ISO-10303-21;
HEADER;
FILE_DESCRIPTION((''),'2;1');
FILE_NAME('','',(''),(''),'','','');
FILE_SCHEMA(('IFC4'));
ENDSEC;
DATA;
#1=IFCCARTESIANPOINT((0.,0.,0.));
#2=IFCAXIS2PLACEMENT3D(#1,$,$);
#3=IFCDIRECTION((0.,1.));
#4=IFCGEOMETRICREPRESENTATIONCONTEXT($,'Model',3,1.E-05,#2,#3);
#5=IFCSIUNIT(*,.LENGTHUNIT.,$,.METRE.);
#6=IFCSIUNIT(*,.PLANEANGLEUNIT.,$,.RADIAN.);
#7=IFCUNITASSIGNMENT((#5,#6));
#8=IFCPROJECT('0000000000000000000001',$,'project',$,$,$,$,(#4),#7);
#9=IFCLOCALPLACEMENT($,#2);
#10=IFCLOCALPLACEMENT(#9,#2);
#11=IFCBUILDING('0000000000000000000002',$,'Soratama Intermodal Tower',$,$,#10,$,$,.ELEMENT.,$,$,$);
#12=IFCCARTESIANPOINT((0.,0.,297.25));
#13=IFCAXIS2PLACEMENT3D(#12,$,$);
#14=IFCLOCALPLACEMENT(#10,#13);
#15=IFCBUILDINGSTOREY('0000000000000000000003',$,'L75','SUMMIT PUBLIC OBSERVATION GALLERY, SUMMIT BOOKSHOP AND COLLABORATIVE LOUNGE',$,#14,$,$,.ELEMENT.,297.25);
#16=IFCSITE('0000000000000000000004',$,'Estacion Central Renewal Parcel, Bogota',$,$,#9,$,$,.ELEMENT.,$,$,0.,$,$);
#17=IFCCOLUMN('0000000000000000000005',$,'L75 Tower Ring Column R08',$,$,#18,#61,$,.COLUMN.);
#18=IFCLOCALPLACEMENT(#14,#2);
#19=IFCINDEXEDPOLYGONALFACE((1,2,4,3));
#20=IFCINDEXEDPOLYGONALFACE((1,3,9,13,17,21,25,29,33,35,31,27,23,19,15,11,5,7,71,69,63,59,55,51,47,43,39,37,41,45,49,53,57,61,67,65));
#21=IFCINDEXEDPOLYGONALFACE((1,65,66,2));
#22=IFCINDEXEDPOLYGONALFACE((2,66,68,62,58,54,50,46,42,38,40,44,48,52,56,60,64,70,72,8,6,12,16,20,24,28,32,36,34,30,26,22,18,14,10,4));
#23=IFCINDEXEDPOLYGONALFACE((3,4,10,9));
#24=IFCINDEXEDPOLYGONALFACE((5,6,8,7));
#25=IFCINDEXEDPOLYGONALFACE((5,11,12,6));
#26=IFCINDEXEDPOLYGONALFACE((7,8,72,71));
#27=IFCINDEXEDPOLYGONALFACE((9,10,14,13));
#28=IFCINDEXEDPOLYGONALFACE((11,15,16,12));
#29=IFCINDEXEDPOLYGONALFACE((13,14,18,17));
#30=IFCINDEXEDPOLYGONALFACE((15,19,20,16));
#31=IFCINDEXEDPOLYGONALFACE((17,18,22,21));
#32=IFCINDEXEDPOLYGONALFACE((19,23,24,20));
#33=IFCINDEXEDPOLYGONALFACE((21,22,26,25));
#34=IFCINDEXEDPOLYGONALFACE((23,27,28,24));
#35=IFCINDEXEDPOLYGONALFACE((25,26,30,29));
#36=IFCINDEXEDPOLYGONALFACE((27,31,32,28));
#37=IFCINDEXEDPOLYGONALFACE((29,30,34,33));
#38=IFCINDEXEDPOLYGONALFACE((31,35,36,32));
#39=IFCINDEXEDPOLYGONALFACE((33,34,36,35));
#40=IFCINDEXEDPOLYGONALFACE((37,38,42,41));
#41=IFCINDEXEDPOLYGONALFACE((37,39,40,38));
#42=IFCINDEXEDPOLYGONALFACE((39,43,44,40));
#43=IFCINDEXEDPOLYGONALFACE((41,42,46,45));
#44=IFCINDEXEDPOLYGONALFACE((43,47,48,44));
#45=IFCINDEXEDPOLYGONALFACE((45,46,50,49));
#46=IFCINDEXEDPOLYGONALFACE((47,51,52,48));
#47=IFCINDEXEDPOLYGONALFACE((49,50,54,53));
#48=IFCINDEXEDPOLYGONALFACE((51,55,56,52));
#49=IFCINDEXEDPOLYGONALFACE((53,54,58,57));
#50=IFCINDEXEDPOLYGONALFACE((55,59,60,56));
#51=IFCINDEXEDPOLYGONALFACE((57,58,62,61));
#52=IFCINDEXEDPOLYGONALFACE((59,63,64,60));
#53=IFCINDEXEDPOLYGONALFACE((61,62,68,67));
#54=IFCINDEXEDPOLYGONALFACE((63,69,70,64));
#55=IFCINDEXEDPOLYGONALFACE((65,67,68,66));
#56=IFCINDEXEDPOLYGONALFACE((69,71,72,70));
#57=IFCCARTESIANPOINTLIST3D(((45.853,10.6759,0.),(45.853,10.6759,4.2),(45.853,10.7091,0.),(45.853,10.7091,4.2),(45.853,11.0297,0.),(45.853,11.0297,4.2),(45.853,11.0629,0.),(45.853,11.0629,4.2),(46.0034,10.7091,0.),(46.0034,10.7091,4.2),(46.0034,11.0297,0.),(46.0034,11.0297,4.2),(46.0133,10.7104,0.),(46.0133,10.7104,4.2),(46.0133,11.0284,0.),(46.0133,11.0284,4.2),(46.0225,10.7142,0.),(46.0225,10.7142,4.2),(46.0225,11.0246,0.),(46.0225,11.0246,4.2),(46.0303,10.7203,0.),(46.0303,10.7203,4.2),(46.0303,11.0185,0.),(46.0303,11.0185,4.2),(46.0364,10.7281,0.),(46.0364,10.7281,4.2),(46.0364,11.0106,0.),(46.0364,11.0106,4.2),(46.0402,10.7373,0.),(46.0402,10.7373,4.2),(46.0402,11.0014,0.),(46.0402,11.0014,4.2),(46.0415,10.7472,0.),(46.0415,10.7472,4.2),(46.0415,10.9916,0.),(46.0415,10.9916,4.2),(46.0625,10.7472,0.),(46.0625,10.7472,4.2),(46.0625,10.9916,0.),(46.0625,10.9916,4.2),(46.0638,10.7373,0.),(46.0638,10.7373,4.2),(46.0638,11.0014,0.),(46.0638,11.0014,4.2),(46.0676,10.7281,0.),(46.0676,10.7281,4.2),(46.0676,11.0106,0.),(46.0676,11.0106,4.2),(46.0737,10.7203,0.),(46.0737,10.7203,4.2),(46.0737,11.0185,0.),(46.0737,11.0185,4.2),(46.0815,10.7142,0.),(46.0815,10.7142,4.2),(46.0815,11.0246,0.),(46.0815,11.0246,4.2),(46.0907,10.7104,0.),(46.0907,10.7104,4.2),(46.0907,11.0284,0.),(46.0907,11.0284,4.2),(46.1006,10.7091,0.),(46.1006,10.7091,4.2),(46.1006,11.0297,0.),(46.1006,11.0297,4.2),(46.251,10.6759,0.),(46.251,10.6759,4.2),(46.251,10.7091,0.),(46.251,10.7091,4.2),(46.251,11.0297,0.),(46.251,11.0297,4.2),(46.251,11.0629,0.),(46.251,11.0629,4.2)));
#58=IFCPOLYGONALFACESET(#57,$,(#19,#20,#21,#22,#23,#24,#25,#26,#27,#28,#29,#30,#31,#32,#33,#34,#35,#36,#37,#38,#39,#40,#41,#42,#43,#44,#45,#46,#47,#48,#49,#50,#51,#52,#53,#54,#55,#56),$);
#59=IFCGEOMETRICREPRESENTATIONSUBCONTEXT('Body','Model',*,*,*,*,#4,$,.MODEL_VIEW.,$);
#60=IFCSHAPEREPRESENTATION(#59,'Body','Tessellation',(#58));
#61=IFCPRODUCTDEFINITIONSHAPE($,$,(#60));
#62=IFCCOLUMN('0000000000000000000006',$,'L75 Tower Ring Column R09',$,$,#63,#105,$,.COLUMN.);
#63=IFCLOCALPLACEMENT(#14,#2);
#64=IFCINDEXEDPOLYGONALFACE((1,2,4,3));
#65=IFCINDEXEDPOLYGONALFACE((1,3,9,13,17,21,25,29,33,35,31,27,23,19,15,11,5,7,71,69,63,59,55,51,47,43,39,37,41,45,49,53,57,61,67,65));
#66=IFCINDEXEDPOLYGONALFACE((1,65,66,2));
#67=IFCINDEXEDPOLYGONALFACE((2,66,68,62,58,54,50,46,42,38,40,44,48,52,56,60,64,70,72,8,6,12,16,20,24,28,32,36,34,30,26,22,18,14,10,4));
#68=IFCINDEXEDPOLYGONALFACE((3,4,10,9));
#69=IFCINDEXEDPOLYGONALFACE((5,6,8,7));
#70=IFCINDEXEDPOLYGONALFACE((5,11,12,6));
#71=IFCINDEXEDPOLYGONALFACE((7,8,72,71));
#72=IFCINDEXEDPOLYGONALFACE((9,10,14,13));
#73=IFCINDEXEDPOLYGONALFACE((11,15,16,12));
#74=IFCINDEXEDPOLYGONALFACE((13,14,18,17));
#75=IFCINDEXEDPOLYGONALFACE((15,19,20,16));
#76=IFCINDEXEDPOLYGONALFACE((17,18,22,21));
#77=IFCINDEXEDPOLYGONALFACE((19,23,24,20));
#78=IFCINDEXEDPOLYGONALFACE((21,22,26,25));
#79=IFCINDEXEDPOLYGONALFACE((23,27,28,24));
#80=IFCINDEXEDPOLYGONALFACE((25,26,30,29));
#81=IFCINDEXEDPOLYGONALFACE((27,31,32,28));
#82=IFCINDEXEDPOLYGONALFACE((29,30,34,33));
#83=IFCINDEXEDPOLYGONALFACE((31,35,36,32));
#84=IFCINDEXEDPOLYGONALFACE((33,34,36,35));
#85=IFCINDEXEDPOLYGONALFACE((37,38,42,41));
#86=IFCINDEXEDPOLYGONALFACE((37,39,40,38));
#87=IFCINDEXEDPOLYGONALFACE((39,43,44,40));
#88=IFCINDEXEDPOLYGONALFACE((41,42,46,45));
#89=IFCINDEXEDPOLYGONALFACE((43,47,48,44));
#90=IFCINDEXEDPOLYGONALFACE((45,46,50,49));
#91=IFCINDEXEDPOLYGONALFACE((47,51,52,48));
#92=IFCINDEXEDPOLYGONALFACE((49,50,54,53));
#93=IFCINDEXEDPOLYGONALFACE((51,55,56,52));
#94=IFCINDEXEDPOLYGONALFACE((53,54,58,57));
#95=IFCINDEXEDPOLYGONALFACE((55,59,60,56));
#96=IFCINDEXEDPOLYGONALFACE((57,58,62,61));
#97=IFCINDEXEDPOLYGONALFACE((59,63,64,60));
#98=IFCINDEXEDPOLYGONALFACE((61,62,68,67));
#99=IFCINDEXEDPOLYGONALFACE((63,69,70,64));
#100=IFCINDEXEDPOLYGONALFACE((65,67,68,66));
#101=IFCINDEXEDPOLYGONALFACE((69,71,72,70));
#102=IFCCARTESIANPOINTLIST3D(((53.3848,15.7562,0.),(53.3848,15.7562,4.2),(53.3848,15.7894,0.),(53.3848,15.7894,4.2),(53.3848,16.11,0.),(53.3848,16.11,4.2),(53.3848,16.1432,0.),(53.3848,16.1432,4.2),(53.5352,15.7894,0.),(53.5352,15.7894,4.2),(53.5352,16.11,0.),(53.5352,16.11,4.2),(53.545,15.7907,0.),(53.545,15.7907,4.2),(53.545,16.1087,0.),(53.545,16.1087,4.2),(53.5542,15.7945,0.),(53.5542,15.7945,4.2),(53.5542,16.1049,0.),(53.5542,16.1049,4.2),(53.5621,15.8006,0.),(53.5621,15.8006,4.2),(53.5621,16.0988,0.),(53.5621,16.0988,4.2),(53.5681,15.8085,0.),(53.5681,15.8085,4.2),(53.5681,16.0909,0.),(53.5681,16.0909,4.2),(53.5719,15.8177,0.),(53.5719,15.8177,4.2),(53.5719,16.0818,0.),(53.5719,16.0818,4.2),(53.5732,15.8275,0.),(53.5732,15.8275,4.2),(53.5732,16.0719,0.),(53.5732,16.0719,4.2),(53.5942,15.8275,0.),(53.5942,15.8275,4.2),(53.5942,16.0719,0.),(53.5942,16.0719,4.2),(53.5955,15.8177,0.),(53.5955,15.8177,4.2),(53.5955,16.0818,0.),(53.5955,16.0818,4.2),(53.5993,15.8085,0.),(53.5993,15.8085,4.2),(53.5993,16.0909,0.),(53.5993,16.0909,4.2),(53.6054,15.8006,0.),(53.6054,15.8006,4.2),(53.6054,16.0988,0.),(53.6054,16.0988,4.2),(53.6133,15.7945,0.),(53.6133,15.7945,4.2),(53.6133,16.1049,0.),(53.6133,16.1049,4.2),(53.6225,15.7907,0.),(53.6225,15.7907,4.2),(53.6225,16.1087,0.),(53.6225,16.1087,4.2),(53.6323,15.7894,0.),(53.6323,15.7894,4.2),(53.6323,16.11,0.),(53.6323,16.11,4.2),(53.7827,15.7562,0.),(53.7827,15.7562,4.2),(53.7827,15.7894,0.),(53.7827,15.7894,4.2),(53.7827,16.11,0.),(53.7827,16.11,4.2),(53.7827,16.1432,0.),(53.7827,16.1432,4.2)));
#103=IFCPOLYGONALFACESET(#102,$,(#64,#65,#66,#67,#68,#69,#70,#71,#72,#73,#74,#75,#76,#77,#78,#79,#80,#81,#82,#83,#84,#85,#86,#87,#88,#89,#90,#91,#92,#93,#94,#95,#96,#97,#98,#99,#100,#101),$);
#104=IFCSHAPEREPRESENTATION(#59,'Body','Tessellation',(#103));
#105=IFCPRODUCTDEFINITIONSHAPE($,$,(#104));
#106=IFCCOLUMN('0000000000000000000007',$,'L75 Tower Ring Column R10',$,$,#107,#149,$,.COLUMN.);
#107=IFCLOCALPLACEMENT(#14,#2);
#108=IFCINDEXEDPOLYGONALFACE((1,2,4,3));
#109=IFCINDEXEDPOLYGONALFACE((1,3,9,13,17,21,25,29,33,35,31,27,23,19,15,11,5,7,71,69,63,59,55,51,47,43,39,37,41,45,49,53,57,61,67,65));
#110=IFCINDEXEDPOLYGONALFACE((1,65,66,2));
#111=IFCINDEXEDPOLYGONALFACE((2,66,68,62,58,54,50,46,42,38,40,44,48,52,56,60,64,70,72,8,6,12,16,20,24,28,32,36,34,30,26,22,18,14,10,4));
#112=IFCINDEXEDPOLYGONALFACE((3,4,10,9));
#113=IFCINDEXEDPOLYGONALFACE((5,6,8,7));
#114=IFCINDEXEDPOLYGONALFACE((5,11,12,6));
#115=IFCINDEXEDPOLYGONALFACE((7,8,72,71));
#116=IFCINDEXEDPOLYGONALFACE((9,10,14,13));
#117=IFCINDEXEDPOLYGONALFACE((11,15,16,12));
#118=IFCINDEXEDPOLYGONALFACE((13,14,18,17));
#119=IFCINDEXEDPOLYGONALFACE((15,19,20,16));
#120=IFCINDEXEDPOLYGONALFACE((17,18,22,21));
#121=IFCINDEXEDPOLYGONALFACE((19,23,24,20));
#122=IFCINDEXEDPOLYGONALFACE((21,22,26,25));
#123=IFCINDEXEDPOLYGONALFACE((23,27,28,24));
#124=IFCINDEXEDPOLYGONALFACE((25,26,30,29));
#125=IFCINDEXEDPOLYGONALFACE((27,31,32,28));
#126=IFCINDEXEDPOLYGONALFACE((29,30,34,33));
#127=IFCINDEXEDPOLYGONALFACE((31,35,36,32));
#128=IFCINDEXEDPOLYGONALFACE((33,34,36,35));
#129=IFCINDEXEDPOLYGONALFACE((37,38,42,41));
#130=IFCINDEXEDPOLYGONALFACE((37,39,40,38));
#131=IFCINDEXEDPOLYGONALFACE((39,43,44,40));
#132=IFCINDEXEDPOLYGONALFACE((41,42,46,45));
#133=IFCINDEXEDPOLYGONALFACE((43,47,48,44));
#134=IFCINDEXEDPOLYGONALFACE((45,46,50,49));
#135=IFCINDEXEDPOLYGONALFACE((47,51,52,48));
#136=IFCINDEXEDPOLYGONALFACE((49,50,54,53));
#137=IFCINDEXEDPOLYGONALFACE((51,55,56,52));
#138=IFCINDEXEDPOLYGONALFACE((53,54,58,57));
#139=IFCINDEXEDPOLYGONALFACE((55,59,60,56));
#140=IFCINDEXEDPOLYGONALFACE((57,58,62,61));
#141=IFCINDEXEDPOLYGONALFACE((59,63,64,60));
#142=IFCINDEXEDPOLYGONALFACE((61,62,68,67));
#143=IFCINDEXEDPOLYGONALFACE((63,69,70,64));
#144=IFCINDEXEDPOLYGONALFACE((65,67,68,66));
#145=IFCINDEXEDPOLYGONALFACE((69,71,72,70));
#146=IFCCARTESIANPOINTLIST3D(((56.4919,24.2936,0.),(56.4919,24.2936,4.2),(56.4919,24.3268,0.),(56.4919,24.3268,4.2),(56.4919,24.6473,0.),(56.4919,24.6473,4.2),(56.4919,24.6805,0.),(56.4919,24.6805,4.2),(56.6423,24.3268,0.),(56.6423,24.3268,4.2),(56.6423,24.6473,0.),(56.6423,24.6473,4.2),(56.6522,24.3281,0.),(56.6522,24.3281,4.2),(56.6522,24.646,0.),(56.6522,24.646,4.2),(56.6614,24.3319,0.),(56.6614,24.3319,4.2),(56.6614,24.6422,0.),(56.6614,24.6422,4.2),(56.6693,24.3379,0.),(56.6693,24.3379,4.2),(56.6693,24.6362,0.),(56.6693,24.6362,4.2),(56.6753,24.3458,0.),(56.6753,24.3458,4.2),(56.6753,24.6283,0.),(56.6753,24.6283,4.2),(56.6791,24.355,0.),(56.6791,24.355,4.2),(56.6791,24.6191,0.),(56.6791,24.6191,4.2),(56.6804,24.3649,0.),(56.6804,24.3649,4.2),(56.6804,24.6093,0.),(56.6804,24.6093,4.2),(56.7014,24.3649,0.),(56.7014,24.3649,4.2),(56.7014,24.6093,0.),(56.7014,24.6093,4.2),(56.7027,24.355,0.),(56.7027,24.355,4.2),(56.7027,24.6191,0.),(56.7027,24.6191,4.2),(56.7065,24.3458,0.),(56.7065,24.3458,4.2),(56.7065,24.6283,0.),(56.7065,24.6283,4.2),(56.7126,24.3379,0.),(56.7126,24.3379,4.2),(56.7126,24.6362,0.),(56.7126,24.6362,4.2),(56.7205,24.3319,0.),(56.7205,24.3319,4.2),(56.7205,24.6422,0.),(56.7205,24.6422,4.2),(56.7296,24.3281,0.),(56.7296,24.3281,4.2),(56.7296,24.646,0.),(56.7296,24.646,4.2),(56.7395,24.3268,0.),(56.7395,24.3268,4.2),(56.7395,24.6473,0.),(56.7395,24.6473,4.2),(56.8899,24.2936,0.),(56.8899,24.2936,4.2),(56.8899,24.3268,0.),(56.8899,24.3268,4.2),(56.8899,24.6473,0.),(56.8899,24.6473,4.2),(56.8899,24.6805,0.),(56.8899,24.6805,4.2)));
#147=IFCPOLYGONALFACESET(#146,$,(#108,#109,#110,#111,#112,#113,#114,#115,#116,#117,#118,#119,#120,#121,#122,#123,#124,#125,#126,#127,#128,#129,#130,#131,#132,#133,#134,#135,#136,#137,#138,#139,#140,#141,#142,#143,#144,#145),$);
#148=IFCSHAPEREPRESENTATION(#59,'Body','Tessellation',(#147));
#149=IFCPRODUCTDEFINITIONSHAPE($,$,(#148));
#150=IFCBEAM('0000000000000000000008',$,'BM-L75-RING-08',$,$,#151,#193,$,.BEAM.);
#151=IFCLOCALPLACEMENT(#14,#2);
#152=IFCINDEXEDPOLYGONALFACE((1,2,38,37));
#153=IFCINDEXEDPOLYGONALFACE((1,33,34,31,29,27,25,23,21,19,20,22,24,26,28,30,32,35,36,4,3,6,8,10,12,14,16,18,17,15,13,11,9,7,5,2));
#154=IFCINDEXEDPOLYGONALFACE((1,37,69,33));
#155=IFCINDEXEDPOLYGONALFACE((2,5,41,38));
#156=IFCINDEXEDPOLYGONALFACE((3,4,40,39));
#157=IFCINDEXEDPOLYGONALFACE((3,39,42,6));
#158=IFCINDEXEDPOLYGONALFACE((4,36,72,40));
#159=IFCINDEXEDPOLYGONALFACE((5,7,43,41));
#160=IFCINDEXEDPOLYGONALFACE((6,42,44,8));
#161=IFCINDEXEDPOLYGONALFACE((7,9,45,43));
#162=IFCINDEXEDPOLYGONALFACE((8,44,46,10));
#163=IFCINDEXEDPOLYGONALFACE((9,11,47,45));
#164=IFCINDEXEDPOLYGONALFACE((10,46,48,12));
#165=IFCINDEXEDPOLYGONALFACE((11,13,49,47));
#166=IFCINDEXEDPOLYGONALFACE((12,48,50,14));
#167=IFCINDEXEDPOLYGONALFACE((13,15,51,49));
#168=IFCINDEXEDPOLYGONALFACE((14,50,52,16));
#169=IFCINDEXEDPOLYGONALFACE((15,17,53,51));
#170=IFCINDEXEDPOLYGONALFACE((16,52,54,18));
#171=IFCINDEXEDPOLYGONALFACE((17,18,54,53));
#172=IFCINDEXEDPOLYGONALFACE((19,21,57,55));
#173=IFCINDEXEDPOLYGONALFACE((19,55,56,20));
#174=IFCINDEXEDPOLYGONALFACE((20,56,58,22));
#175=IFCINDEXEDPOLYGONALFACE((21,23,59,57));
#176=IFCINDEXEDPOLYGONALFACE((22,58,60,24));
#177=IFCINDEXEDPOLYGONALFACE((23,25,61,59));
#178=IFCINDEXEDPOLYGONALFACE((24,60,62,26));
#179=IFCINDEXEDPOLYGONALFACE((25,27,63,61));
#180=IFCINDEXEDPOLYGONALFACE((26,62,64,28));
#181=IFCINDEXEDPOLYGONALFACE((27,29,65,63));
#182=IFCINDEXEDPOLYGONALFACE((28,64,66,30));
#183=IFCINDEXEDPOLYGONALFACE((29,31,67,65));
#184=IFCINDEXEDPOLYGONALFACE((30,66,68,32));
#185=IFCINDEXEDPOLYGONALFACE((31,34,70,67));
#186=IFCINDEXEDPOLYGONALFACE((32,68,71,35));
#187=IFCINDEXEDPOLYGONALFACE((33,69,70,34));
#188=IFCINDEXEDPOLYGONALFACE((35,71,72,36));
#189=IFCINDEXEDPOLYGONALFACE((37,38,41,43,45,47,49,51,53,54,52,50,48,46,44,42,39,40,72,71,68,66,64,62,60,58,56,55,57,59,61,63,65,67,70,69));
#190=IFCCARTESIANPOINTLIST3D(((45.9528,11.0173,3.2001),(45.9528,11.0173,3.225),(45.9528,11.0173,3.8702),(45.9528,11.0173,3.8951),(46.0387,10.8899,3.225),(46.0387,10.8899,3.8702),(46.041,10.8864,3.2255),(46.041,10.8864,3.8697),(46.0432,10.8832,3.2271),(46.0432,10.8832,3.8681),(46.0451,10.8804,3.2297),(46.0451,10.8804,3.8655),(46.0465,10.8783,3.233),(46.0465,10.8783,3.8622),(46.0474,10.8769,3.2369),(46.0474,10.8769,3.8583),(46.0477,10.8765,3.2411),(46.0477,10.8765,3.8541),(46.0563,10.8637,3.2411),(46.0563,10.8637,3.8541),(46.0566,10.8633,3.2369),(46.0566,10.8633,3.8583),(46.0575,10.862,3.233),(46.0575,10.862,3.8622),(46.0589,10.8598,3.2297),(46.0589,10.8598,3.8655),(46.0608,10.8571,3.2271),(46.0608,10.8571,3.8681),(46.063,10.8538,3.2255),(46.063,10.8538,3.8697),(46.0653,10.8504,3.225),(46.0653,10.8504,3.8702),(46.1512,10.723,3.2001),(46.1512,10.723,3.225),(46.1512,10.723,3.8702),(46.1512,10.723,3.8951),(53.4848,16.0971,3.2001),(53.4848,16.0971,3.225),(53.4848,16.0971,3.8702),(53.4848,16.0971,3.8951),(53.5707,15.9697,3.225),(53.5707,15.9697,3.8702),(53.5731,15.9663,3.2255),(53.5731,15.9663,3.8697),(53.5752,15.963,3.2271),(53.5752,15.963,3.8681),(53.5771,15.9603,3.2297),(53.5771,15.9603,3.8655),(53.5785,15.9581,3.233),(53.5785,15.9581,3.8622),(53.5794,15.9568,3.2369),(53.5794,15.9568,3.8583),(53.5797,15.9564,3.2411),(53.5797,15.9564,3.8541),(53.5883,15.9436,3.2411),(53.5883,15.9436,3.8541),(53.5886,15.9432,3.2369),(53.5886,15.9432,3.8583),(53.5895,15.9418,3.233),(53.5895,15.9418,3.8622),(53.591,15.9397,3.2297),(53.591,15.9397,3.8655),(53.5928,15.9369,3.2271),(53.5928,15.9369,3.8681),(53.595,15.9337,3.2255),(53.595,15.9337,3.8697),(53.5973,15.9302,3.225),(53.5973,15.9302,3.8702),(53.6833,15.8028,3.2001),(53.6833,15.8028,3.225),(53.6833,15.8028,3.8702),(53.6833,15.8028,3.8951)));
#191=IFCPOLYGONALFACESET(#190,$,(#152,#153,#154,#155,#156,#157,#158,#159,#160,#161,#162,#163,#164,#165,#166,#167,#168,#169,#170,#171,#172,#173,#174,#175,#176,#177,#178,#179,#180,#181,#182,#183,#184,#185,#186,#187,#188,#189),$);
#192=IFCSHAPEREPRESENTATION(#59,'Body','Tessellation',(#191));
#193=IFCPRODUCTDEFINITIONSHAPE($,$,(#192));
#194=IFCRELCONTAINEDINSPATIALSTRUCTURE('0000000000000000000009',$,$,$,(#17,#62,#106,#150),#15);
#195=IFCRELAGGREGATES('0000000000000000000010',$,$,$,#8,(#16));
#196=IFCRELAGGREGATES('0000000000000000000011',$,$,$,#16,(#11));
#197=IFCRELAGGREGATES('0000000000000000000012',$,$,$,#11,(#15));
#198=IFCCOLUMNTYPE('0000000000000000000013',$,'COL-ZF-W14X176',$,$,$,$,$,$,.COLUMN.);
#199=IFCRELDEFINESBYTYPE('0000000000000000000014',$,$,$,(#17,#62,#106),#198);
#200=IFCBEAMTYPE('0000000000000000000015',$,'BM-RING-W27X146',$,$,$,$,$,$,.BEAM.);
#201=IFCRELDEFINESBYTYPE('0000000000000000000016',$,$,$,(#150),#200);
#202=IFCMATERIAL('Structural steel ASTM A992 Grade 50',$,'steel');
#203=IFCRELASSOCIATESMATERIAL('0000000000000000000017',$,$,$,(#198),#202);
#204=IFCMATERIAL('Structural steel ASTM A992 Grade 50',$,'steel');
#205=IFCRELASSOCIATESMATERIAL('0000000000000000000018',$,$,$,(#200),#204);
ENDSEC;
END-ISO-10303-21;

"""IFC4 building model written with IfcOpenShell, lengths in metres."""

from ifc_helpers import new_model, si_unit, direction, frame, origin, origin_2d, place, context, subcontext, project, spatial, i_section, extrude, material, material_profile, profile_set, type_object, element, save


model = new_model("IFC4")

# Units and contexts
model_context = context("Model", 3, precision=1e-05, world=origin(), true_north=direction((0.0, 1.0)))
body_context = subcontext(model_context, "Body", "Model", "MODEL_VIEW")
ifc_project = project(units=[si_unit("LENGTHUNIT", "METRE"), si_unit("PLANEANGLEUNIT", "RADIAN")], contexts=[model_context])

# Site, building, storey
site_placement = place(None, origin())
site = spatial("IfcSite", under=ifc_project, at=site_placement, Name="Estacion Central Renewal Parcel, Bogota", CompositionType="ELEMENT", RefElevation=0.0)
building_placement = place(site_placement, origin())
building = spatial("IfcBuilding", under=site, at=building_placement, Name="Soratama Intermodal Tower", CompositionType="ELEMENT")
storey_placement = place(building_placement, frame((0.0, 0.0, 297.25)))
storey = spatial("IfcBuildingStorey", under=building, at=storey_placement, Name="L75", Description="SUMMIT PUBLIC OBSERVATION GALLERY, SUMMIT BOOKSHOP AND COLLABORATIVE LOUNGE", CompositionType="ELEMENT", Elevation=297.25)

# Columns
ifc_material_1 = material(Name="Structural steel ASTM A992 Grade 50", Category="steel")
ifc_material_profile_1 = material_profile(ifc_material_1, i_section(OverallWidth=0.3979, OverallDepth=0.387, WebThickness=0.021, FlangeThickness=0.0332, FilletRadius=0.0381, at=origin_2d()), Name="W14X176")
ifc_profile_set_1 = profile_set([ifc_material_profile_1], Name="Structural steel ASTM A992 Grade 50")
column_type = type_object("IfcColumnType", Name="COL-ZF-W14X176", PredefinedType="COLUMN", material=ifc_profile_set_1)
for number, where, z_axis, x_axis, name in (
    (1, (46.052, 10.8694, 0.0), (0.0, 0.0, 1.0), (1.0, 0.0, 0.0), "L75 Tower Ring Column R08"),
    (2, (53.5837, 15.9497, 0.0), (0.0, 0.0, 1.0), (1.0, 0.0, 0.0), "L75 Tower Ring Column R09"),
    (3, (56.6909, 24.4871, 0.0), (0.0, 0.0, 1.0), (1.0, 0.0, 0.0), "L75 Tower Ring Column R10"),
):
    element("IfcColumn", number, at=place(storey_placement, frame(where, z_axis=z_axis, x_axis=x_axis)), inside=storey, type_object=column_type, Name=name, PredefinedType="COLUMN", context=body_context, shape_type="SweptSolid", body=[
        extrude(i_section(OverallWidth=0.3979, OverallDepth=0.387, WebThickness=0.021, FlangeThickness=0.0332, FilletRadius=0.0381, at=origin_2d()), origin(), (0.0, 0.0, 1.0), 4.2),
    ])

# Beam
ifc_material_2 = material(Name="Structural steel ASTM A992 Grade 50", Category="steel")
ifc_material_profile_2 = material_profile(ifc_material_2, i_section(OverallWidth=0.355, OverallDepth=0.6951, WebThickness=0.0154, FlangeThickness=0.0249, FilletRadius=0.0161, at=origin_2d()), Name="W27X146")
ifc_profile_set_2 = profile_set([ifc_material_profile_2], Name="Structural steel ASTM A992 Grade 50")
beam_type_1 = type_object("IfcBeamType", Name="BM-RING-W27X146", PredefinedType="BEAM", material=ifc_profile_set_2)
for number, where, z_axis, x_axis, name in (
    (4, (46.052, 10.8701, 3.5476), (0.829066, 0.559151, 0.0), (-0.559151, 0.829066, 0.0), "BM-L75-RING-08"),
):
    element("IfcBeam", number, at=place(storey_placement, frame(where, z_axis=z_axis, x_axis=x_axis)), inside=storey, type_object=beam_type_1, Name=name, PredefinedType="BEAM", context=body_context, shape_type="SweptSolid", body=[
        extrude(i_section(OverallWidth=0.355, OverallDepth=0.6951, WebThickness=0.0154, FlangeThickness=0.0249, FilletRadius=0.0161, at=origin_2d()), origin(), (0.0, 0.0, 1.0), 9.085),
    ])

save(model, "model.ifc")
